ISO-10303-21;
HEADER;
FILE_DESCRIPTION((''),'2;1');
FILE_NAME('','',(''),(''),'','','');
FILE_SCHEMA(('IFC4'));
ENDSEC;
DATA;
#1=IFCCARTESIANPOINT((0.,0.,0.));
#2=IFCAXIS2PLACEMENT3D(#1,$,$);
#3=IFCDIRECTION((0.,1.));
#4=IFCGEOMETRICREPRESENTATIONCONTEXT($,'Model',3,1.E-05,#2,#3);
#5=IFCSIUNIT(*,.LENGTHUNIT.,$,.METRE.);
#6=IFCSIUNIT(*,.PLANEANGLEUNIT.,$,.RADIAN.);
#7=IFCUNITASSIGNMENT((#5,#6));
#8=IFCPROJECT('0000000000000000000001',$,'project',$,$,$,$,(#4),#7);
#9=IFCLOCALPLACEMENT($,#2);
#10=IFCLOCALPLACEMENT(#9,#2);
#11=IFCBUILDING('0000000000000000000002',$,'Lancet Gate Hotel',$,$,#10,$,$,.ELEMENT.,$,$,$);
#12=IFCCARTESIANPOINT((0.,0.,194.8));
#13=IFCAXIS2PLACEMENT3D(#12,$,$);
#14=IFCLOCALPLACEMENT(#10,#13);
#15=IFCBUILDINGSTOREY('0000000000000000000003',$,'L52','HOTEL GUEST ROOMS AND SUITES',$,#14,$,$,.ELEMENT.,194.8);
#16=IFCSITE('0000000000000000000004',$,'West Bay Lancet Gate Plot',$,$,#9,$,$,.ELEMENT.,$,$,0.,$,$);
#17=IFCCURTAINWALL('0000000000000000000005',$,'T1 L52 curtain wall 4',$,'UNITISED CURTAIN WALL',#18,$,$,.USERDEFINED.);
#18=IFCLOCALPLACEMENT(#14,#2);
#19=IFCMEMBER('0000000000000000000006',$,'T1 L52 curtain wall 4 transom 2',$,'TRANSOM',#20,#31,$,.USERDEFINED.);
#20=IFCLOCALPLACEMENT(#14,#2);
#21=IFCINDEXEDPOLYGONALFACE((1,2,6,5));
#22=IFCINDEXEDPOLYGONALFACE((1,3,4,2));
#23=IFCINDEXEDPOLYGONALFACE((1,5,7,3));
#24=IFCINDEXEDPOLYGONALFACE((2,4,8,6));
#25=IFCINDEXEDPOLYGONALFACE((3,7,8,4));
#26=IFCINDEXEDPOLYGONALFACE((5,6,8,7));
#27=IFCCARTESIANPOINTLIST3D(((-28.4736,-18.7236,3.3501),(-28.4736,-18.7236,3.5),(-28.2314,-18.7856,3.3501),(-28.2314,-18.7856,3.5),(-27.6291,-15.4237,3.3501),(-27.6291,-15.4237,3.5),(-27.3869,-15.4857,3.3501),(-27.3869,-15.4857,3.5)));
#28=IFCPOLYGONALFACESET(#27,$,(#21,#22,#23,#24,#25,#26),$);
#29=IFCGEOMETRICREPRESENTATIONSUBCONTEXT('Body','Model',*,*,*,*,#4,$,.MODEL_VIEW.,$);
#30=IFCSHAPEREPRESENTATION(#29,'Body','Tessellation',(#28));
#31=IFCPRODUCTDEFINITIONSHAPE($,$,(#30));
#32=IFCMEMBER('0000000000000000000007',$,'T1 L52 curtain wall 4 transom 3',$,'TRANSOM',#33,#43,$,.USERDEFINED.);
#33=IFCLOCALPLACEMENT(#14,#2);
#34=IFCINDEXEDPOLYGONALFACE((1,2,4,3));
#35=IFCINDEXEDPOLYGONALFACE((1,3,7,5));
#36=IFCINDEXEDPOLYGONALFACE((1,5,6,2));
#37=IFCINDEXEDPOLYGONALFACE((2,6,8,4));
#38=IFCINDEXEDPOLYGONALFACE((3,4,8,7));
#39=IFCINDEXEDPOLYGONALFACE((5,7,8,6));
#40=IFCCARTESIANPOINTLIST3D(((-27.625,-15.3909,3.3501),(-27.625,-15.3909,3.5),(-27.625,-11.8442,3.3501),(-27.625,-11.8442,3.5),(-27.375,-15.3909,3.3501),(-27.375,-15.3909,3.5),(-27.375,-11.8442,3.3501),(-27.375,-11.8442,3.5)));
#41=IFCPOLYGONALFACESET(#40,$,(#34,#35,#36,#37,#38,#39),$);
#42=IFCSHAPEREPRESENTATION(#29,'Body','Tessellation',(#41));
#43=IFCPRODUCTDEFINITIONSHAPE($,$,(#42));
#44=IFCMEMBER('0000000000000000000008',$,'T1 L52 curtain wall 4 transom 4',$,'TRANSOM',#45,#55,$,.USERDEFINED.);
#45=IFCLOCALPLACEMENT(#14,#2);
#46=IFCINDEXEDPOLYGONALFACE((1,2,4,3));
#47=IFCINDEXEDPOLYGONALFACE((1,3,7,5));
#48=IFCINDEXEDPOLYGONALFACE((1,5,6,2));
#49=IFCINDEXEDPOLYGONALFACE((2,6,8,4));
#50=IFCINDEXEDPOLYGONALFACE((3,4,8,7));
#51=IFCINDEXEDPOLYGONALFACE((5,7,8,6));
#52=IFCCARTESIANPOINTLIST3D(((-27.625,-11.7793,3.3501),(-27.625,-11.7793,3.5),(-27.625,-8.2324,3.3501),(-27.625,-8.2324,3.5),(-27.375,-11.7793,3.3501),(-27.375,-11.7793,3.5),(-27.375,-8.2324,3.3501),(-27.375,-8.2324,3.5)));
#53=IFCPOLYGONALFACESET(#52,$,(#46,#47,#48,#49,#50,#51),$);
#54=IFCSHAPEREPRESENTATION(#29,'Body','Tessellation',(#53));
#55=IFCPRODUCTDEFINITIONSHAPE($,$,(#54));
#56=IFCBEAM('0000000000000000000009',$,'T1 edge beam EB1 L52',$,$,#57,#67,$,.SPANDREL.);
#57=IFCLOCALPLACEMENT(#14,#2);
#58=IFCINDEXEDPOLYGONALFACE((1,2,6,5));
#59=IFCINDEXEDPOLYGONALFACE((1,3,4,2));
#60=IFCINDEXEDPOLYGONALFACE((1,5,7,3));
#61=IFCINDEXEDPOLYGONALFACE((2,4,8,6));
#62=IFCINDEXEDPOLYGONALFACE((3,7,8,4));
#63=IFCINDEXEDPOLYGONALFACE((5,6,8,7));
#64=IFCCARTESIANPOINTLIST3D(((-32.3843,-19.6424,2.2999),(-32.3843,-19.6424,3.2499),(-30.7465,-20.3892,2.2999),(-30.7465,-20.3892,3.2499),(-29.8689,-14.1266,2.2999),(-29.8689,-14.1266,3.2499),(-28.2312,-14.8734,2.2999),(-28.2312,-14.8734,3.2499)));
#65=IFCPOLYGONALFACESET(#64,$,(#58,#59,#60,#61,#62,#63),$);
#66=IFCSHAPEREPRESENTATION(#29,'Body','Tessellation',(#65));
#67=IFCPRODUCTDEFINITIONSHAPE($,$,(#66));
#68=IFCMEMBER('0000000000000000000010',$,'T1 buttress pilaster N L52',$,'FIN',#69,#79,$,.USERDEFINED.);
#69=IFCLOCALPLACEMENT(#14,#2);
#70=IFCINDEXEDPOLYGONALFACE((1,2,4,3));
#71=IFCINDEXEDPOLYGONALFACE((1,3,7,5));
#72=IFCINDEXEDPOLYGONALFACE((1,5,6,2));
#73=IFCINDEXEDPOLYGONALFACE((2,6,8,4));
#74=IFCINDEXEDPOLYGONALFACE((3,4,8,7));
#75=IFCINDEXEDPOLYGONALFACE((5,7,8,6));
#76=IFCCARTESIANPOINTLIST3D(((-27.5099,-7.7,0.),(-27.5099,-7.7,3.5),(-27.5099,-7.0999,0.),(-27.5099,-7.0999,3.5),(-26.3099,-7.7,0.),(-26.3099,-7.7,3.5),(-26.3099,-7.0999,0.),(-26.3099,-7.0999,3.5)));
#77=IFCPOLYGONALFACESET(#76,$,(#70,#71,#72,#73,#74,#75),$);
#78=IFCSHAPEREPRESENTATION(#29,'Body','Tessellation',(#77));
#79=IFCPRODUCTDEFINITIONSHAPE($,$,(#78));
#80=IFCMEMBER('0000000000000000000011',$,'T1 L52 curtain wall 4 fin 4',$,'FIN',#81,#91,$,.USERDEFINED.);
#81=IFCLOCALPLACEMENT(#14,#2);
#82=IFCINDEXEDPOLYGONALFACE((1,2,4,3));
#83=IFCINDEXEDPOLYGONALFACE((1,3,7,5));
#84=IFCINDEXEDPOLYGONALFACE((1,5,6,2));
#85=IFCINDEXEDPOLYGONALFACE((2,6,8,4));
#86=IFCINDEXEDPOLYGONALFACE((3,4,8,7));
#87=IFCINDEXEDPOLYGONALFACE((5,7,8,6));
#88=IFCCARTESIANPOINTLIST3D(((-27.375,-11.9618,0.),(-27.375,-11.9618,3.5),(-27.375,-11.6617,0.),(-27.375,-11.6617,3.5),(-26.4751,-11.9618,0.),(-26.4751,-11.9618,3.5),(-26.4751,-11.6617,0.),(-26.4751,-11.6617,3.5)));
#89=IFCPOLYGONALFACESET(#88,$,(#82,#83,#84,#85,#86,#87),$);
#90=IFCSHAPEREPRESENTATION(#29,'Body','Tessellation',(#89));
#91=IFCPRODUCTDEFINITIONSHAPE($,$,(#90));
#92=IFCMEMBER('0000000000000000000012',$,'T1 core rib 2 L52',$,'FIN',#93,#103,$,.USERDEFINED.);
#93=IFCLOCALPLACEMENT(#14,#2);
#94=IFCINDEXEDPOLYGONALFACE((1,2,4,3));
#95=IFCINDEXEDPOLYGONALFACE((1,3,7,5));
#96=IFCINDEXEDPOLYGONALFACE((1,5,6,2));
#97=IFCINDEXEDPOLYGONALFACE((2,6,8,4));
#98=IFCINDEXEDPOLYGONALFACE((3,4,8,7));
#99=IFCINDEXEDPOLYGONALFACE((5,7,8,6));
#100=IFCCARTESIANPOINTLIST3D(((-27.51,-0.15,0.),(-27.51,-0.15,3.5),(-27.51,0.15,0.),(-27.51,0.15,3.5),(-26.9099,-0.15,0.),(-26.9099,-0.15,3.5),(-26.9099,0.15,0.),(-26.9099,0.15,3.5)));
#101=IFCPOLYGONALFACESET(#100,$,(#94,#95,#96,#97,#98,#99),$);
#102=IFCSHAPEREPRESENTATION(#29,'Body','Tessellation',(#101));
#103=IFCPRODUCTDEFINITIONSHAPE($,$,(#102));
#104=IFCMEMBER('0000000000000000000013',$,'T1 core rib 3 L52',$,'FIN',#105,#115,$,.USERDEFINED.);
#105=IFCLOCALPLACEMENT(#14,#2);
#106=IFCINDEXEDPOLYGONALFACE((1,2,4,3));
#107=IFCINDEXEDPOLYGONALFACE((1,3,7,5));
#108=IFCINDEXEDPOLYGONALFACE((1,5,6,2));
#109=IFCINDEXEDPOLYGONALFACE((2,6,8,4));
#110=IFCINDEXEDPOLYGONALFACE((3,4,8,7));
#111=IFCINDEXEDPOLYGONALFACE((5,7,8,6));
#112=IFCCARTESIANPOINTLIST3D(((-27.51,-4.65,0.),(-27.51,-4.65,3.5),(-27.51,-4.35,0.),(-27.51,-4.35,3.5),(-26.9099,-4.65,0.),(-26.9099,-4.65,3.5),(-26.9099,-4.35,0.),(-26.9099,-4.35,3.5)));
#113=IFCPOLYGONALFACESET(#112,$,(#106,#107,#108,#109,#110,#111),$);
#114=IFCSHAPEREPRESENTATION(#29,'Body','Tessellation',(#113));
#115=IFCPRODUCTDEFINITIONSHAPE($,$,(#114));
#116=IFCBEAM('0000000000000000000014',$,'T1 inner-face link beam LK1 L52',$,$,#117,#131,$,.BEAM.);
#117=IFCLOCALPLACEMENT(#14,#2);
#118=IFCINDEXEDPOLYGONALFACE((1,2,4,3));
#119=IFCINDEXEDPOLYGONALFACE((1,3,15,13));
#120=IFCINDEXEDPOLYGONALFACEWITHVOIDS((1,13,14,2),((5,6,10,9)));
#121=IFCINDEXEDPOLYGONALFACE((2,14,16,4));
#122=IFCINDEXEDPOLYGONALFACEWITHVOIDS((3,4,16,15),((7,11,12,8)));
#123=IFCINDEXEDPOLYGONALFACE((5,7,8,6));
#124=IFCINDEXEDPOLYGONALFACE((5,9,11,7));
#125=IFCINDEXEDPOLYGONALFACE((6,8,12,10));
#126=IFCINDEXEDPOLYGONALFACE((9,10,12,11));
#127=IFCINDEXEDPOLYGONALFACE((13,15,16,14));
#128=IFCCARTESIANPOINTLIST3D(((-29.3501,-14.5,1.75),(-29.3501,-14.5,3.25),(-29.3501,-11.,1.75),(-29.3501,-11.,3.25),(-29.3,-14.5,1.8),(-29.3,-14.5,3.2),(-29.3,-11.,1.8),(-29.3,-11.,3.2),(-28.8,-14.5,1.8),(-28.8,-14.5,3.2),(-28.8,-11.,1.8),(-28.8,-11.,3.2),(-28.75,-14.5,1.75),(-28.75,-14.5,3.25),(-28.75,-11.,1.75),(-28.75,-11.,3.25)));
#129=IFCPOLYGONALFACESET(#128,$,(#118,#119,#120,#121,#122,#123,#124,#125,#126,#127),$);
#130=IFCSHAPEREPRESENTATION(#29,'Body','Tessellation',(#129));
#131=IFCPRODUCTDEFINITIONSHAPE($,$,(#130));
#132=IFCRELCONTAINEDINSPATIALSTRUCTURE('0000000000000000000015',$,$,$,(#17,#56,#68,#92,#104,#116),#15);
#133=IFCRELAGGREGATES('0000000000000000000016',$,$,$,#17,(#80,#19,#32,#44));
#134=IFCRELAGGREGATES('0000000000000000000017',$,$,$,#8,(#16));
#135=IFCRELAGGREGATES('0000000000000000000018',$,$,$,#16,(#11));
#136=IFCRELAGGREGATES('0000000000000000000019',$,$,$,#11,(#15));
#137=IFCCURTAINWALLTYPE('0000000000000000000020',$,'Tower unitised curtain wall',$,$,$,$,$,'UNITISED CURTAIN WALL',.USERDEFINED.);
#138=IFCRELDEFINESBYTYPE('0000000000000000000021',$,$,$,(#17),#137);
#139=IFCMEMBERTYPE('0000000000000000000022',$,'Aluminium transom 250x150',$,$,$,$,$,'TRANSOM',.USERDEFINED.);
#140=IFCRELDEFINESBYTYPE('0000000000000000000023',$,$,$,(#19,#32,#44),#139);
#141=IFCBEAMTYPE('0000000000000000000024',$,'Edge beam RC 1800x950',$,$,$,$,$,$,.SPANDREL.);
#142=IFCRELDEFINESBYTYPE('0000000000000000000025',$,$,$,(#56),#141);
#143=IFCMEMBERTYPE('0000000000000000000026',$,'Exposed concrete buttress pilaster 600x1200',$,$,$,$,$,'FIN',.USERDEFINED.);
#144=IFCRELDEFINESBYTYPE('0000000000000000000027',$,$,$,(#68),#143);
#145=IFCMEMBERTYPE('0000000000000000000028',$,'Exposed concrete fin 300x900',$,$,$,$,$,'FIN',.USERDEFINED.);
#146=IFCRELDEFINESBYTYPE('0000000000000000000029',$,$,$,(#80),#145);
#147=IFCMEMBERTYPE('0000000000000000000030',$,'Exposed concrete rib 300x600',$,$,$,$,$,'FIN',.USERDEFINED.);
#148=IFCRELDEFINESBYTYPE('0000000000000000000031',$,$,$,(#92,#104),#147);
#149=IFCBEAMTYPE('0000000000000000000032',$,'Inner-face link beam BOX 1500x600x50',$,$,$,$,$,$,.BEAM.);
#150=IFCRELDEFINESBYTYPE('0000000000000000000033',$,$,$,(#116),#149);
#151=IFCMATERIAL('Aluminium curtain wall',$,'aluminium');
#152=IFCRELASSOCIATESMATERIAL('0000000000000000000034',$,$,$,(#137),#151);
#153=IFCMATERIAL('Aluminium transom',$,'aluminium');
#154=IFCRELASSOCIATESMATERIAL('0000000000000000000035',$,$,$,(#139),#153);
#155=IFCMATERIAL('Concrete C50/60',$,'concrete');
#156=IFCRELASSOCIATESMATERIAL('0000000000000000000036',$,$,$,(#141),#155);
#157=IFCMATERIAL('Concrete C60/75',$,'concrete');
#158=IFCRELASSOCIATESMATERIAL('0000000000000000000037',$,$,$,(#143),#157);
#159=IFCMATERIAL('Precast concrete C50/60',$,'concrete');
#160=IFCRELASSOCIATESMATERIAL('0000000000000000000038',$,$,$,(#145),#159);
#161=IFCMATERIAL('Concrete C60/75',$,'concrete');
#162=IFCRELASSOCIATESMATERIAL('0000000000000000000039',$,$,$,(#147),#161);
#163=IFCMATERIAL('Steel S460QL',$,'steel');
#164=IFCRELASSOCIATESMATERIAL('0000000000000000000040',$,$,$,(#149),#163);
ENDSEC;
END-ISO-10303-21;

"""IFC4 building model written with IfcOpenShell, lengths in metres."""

from ifc_helpers import new_model, si_unit, direction, frame, origin, origin_2d, place, context, subcontext, project, spatial, rectangle, hollow_rectangle, extrude, material, material_profile, profile_set, type_object, element, aggregate, save


model = new_model("IFC4")

# Units and contexts
model_context = context("Model", 3, precision=1e-05, world=origin(), true_north=direction((0.0, 1.0)))
body_context = subcontext(model_context, "Body", "Model", "MODEL_VIEW")
ifc_project = project(units=[si_unit("LENGTHUNIT", "METRE"), si_unit("PLANEANGLEUNIT", "RADIAN")], contexts=[model_context])

# Site, building, storey
site_placement = place(None, origin())
site = spatial("IfcSite", under=ifc_project, at=site_placement, Name="West Bay Lancet Gate Plot", CompositionType="ELEMENT", RefElevation=0.0)
building_placement = place(site_placement, origin())
building = spatial("IfcBuilding", under=site, at=building_placement, Name="Lancet Gate Hotel", CompositionType="ELEMENT")
storey_placement = place(building_placement, frame((0.0, 0.0, 194.8)))
storey = spatial("IfcBuildingStorey", under=building, at=storey_placement, Name="L52", Description="HOTEL GUEST ROOMS AND SUITES", CompositionType="ELEMENT", Elevation=194.8)

# Curtain wall, members
ifc_material_1 = material(Name="Aluminium curtain wall", Category="aluminium")
curtain_wall_type = type_object("IfcCurtainWallType", Name="Tower unitised curtain wall", ElementType="UNITISED CURTAIN WALL", PredefinedType="USERDEFINED", material=ifc_material_1)
curtain_wall_placement = place(storey_placement, origin())
curtain_wall = element("IfcCurtainWall", 1, at=curtain_wall_placement, inside=storey, type_object=curtain_wall_type, Name="T1 L52 curtain wall 4", ObjectType="UNITISED CURTAIN WALL", PredefinedType="USERDEFINED")
ifc_material_2 = material(Name="Aluminium transom", Category="aluminium")
ifc_material_profile_1 = material_profile(ifc_material_2, rectangle(XDim=0.25, YDim=0.1499, at=origin_2d()), Name="TRANSOM 250x150")
ifc_profile_set_1 = profile_set([ifc_material_profile_1], Name="Aluminium transom")
member_type_1 = type_object("IfcMemberType", Name="Aluminium transom 250x150", ElementType="TRANSOM", PredefinedType="USERDEFINED", material=ifc_profile_set_1)
member_1_placement = place(storey_placement, frame((-28.3525, -18.7546, 3.425), z_axis=(0.247929, 0.968778, 0.0), x_axis=(-0.968778, 0.247929, 0.0)))
member_1 = element("IfcMember", 2, at=member_1_placement, type_object=member_type_1, Name="T1 L52 curtain wall 4 transom 2", ObjectType="TRANSOM", PredefinedType="USERDEFINED", context=body_context, shape_type="SweptSolid", body=[
    extrude(rectangle(XDim=0.25, YDim=0.1499, at=origin_2d()), origin(), (0.0, 0.0, 1.0), 3.4062),
])
member_2_placement = place(storey_placement, frame((-27.5, -15.3909, 3.425), z_axis=(0.0, 1.0, 0.0), x_axis=(-1.0, 0.0, 0.0)))
member_2 = element("IfcMember", 3, at=member_2_placement, type_object=member_type_1, Name="T1 L52 curtain wall 4 transom 3", ObjectType="TRANSOM", PredefinedType="USERDEFINED", context=body_context, shape_type="SweptSolid", body=[
    extrude(rectangle(XDim=0.25, YDim=0.1499, at=origin_2d()), origin(), (0.0, 0.0, 1.0), 3.5466),
])
member_3_placement = place(storey_placement, frame((-27.5, -11.7793, 3.425), z_axis=(0.0, 1.0, 0.0), x_axis=(-1.0, 0.0, 0.0)))
member_3 = element("IfcMember", 4, at=member_3_placement, type_object=member_type_1, Name="T1 L52 curtain wall 4 transom 4", ObjectType="TRANSOM", PredefinedType="USERDEFINED", context=body_context, shape_type="SweptSolid", body=[
    extrude(rectangle(XDim=0.25, YDim=0.1499, at=origin_2d()), origin(), (0.0, 0.0, 1.0), 3.5469),
])

# Beam
ifc_material_3 = material(Name="Concrete C50/60", Category="concrete")
ifc_material_profile_2 = material_profile(ifc_material_3, rectangle(XDim=1.8, YDim=0.95, at=origin_2d()), Name="RC 1800x950")
ifc_profile_set_2 = profile_set([ifc_material_profile_2], Name="Concrete C50/60")
beam_type_1 = type_object("IfcBeamType", Name="Edge beam RC 1800x950", PredefinedType="SPANDREL", material=ifc_profile_set_2)
beam_1_placement = place(storey_placement, frame((-29.05, -14.5, 2.7749), z_axis=(-0.414919, -0.909858, 0.0), x_axis=(0.909858, -0.414919, 0.0)))
element("IfcBeam", 5, at=beam_1_placement, inside=storey, type_object=beam_type_1, Name="T1 edge beam EB1 L52", PredefinedType="SPANDREL", context=body_context, shape_type="SweptSolid", body=[
    extrude(rectangle(XDim=1.8, YDim=0.95, at=origin_2d()), origin(), (0.0, 0.0, 1.0), 6.0623),
])

# Members
ifc_material_4 = material(Name="Concrete C60/75", Category="concrete")
ifc_material_profile_3 = material_profile(ifc_material_4, rectangle(XDim=0.6001, YDim=1.2, at=origin_2d()), Name="FIN 600x1200")
ifc_profile_set_3 = profile_set([ifc_material_profile_3], Name="Concrete C60/75")
member_type_2 = type_object("IfcMemberType", Name="Exposed concrete buttress pilaster 600x1200", ElementType="FIN", PredefinedType="USERDEFINED", material=ifc_profile_set_3)
member_4_placement = place(storey_placement, frame((-26.9099, -7.3999, 0.0), z_axis=(0.0, 0.0, 1.0), x_axis=(0.0, 1.0, 0.0)))
element("IfcMember", 6, at=member_4_placement, inside=storey, type_object=member_type_2, Name="T1 buttress pilaster N L52", ObjectType="FIN", PredefinedType="USERDEFINED", context=body_context, shape_type="SweptSolid", body=[
    extrude(rectangle(XDim=0.6001, YDim=1.2, at=origin_2d()), origin(), (0.0, 0.0, 1.0), 3.5),
])
ifc_material_5 = material(Name="Precast concrete C50/60", Category="concrete")
ifc_material_profile_4 = material_profile(ifc_material_5, rectangle(XDim=0.3, YDim=0.8999, at=origin_2d()), Name="FIN 300x900")
ifc_profile_set_4 = profile_set([ifc_material_profile_4], Name="Precast concrete C50/60")
member_type_3 = type_object("IfcMemberType", Name="Exposed concrete fin 300x900", ElementType="FIN", PredefinedType="USERDEFINED", material=ifc_profile_set_4)
member_5_placement = place(storey_placement, frame((-26.925, -11.8118, 0.0), z_axis=(0.0, 0.0, 1.0), x_axis=(0.0, 1.0, 0.0)))
member_5 = element("IfcMember", 7, at=member_5_placement, type_object=member_type_3, Name="T1 L52 curtain wall 4 fin 4", ObjectType="FIN", PredefinedType="USERDEFINED", context=body_context, shape_type="SweptSolid", body=[
    extrude(rectangle(XDim=0.3, YDim=0.8999, at=origin_2d()), origin(), (0.0, 0.0, 1.0), 3.5),
])

# Members
ifc_material_6 = material(Name="Concrete C60/75", Category="concrete")
ifc_material_profile_5 = material_profile(ifc_material_6, rectangle(XDim=0.3, YDim=0.6001, at=origin_2d()), Name="FIN 300x600")
ifc_profile_set_5 = profile_set([ifc_material_profile_5], Name="Concrete C60/75")
member_type_4 = type_object("IfcMemberType", Name="Exposed concrete rib 300x600", ElementType="FIN", PredefinedType="USERDEFINED", material=ifc_profile_set_5)
for number, where, z_axis, x_axis, name in (
    (8, (-27.21, 0.0, 0.0), (0.0, 0.0, 1.0), (0.0, 1.0, 0.0), "T1 core rib 2 L52"),
    (9, (-27.21, -4.5, 0.0), (0.0, 0.0, 1.0), (0.0, 1.0, 0.0), "T1 core rib 3 L52"),
):
    element("IfcMember", number, at=place(storey_placement, frame(where, z_axis=z_axis, x_axis=x_axis)), inside=storey, type_object=member_type_4, Name=name, ObjectType="FIN", PredefinedType="USERDEFINED", context=body_context, shape_type="SweptSolid", body=[
        extrude(rectangle(XDim=0.3, YDim=0.6001, at=origin_2d()), origin(), (0.0, 0.0, 1.0), 3.5),
    ])

# Beam
ifc_material_7 = material(Name="Steel S460QL", Category="steel")
ifc_material_profile_6 = material_profile(ifc_material_7, hollow_rectangle(XDim=0.6001, YDim=1.5, WallThickness=0.05, at=origin_2d()), Name="BOX 1500x600x50")
ifc_profile_set_6 = profile_set([ifc_material_profile_6], Name="Steel S460QL")
beam_type_2 = type_object("IfcBeamType", Name="Inner-face link beam BOX 1500x600x50", PredefinedType="BEAM", material=ifc_profile_set_6)
beam_2_placement = place(storey_placement, frame((-29.05, -11.0, 2.5), z_axis=(0.0, -1.0, 0.0), x_axis=(1.0, 0.0, 0.0)))
element("IfcBeam", 10, at=beam_2_placement, inside=storey, type_object=beam_type_2, Name="T1 inner-face link beam LK1 L52", PredefinedType="BEAM", context=body_context, shape_type="SweptSolid", body=[
    extrude(hollow_rectangle(XDim=0.6001, YDim=1.5, WallThickness=0.05, at=origin_2d()), origin(), (0.0, 0.0, 1.0), 3.5),
])

aggregate(curtain_wall, [member_5, member_1, member_2, member_3])

save(model, "model.ifc")
